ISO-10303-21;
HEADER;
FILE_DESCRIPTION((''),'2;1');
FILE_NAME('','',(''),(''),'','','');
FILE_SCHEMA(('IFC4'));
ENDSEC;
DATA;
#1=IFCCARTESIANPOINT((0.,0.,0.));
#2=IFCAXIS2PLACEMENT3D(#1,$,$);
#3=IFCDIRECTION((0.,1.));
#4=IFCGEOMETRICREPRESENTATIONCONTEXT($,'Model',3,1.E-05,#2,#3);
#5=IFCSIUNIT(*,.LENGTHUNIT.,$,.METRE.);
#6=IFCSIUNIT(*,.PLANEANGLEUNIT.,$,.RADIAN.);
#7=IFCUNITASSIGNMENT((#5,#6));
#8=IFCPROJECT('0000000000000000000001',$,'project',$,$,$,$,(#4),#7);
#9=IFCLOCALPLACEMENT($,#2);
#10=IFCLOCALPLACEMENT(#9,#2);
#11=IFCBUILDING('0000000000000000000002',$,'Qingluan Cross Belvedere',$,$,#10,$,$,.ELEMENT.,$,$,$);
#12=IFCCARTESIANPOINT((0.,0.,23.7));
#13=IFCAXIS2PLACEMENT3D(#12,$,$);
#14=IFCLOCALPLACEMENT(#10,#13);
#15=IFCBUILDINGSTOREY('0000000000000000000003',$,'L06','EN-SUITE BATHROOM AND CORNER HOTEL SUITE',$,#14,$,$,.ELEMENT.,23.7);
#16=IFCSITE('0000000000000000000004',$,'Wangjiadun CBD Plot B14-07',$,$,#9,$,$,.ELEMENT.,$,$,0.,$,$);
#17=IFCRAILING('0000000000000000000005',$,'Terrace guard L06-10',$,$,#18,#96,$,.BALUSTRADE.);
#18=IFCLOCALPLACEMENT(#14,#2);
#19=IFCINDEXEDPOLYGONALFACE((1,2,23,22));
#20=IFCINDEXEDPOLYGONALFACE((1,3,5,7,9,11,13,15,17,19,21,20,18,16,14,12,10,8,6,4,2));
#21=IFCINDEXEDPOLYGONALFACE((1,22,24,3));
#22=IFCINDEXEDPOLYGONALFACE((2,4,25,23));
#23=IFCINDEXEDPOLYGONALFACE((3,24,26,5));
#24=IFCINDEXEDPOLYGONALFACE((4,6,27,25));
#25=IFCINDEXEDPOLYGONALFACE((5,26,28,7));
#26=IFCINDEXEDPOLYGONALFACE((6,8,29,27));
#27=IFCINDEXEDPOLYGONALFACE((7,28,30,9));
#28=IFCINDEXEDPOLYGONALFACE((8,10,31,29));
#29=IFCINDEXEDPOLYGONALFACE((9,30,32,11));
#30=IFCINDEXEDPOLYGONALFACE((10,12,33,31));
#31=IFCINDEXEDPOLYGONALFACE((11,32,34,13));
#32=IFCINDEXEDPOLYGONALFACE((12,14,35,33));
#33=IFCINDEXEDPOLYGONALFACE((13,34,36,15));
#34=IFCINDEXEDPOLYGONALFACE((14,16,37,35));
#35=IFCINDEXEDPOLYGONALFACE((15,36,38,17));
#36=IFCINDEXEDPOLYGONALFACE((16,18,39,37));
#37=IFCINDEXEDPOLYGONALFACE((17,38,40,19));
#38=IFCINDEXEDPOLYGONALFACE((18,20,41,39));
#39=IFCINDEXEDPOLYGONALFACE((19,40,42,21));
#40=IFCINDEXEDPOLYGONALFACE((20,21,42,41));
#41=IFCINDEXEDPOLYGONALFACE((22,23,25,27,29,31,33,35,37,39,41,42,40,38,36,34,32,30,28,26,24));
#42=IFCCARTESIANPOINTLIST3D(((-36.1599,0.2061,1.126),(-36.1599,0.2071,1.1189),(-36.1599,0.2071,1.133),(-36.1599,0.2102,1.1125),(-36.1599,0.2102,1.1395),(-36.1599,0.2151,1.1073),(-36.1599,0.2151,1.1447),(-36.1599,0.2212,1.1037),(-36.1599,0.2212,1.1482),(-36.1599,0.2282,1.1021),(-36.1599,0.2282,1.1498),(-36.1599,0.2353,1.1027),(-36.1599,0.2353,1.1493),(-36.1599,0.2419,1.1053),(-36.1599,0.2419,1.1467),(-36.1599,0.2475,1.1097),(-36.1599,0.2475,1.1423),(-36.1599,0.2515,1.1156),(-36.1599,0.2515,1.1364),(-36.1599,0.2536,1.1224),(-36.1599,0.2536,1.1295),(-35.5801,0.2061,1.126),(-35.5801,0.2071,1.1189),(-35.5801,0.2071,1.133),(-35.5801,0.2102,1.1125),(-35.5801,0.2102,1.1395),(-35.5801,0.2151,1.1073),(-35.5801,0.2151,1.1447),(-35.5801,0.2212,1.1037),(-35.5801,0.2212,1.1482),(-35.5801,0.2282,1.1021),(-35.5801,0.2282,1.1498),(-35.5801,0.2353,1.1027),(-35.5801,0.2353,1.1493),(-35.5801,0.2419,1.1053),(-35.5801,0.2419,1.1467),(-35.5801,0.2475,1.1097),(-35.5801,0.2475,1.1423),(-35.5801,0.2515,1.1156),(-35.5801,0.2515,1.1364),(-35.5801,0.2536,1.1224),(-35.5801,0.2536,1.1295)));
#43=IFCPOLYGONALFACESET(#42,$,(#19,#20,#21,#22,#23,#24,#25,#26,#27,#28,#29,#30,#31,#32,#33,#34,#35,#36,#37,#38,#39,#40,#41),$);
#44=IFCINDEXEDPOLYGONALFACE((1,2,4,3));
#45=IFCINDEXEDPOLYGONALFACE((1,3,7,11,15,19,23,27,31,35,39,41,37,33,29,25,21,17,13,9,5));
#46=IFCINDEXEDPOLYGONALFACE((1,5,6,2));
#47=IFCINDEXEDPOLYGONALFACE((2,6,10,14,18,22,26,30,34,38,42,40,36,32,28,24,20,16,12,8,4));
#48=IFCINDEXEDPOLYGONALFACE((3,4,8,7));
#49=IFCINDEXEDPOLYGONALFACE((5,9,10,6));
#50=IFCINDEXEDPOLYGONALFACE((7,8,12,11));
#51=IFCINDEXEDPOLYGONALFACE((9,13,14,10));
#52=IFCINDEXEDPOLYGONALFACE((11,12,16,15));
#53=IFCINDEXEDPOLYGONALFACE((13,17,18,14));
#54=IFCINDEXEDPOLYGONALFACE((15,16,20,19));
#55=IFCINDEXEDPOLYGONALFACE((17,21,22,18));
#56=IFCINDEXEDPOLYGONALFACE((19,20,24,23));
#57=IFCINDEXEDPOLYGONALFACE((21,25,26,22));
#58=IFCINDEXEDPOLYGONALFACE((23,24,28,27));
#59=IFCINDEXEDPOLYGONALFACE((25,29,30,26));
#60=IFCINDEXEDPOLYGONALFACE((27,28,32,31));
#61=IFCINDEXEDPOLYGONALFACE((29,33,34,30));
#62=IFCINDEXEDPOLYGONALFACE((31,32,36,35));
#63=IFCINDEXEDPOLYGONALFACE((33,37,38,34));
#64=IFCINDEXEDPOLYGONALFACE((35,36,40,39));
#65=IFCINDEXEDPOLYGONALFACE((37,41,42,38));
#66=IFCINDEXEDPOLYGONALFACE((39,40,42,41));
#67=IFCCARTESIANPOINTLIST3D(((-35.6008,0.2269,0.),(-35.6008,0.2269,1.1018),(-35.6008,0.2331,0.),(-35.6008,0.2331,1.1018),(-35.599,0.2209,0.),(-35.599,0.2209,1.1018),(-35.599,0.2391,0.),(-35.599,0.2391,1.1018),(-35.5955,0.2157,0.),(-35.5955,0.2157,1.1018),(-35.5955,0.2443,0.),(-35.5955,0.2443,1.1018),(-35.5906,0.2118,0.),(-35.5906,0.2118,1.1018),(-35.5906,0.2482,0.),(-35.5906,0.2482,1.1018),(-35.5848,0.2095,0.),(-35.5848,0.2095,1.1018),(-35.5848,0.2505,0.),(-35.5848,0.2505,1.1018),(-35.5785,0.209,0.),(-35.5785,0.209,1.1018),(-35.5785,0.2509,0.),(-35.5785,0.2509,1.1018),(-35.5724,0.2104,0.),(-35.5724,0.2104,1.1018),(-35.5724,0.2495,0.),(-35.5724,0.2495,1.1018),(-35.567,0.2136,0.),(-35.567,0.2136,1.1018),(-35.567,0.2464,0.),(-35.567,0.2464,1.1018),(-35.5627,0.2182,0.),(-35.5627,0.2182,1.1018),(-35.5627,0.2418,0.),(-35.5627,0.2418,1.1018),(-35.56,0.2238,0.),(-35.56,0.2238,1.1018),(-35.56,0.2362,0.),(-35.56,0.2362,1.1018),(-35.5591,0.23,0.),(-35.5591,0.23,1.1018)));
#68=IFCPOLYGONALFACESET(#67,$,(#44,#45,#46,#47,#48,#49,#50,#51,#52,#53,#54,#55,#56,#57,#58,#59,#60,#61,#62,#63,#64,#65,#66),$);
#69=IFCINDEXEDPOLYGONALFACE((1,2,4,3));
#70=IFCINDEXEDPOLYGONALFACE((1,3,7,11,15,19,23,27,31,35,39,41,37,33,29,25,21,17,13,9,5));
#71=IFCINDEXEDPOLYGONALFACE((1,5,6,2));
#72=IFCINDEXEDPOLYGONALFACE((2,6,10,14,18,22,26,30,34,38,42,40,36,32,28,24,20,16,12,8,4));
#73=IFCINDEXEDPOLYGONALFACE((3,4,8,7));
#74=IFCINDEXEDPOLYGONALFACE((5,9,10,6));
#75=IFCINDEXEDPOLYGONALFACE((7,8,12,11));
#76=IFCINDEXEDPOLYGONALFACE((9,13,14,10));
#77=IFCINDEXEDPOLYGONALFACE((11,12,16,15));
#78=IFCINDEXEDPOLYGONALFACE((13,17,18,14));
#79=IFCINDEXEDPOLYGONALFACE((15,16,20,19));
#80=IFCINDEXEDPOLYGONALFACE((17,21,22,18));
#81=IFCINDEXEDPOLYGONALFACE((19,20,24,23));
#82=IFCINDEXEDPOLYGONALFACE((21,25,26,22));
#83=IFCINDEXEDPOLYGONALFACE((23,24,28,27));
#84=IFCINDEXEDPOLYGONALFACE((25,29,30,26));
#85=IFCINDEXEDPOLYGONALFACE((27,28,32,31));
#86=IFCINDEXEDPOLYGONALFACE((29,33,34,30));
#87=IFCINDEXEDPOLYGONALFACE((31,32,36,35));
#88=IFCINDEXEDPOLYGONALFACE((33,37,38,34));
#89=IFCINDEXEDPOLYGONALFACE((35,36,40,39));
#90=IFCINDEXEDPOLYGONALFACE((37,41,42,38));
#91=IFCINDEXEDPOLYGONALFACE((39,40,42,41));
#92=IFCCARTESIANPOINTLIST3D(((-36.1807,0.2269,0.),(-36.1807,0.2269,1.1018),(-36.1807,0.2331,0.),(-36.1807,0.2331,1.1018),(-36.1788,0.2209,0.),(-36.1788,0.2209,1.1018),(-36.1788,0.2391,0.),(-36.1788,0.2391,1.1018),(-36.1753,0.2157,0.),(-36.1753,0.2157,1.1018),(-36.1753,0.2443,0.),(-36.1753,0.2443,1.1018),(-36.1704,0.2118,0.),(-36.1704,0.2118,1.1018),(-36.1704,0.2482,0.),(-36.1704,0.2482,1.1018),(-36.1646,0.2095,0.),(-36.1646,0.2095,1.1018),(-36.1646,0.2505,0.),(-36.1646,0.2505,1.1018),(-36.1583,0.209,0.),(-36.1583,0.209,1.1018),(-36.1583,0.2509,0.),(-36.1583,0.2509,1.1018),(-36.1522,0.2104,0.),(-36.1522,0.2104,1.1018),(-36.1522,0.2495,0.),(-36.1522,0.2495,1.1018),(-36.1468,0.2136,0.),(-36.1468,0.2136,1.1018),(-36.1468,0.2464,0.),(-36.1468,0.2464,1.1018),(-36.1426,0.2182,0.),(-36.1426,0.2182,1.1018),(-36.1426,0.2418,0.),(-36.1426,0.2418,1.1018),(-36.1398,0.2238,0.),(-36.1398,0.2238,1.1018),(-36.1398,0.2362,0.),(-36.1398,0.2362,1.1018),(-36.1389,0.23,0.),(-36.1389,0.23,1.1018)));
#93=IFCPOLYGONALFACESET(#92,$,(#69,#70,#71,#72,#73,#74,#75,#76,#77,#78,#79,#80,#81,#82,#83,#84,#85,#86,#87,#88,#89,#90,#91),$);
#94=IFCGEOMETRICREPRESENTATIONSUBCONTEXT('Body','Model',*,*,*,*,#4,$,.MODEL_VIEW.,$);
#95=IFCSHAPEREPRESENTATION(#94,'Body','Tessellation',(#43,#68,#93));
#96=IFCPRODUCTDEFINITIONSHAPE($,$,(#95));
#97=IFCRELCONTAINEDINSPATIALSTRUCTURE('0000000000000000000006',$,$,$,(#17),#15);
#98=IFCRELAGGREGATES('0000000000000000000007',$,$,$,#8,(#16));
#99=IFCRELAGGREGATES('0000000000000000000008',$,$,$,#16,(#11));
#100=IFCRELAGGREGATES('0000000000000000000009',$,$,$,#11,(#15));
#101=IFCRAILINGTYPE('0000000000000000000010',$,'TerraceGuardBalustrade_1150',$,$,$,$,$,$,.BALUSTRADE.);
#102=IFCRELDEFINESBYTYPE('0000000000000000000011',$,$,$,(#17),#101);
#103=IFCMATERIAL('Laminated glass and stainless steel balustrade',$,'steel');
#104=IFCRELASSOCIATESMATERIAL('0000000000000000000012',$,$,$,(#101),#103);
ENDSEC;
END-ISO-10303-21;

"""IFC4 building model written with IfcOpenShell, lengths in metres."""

from ifc_helpers import new_model, si_unit, direction, frame, origin, origin_2d, place, context, subcontext, project, spatial, circle, extrude, material, type_object, element, save


model = new_model("IFC4")

# Units and contexts
model_context = context("Model", 3, precision=1e-05, world=origin(), true_north=direction((0.0, 1.0)))
body_context = subcontext(model_context, "Body", "Model", "MODEL_VIEW")
ifc_project = project(units=[si_unit("LENGTHUNIT", "METRE"), si_unit("PLANEANGLEUNIT", "RADIAN")], contexts=[model_context])

# Site, building, storey
site_placement = place(None, origin())
site = spatial("IfcSite", under=ifc_project, at=site_placement, Name="Wangjiadun CBD Plot B14-07", CompositionType="ELEMENT", RefElevation=0.0)
building_placement = place(site_placement, origin())
building = spatial("IfcBuilding", under=site, at=building_placement, Name="Qingluan Cross Belvedere", CompositionType="ELEMENT")
storey_placement = place(building_placement, frame((0.0, 0.0, 23.7)))
storey = spatial("IfcBuildingStorey", under=building, at=storey_placement, Name="L06", Description="EN-SUITE BATHROOM AND CORNER HOTEL SUITE", CompositionType="ELEMENT", Elevation=23.7)

# Railing
ifc_material_1 = material(Name="Laminated glass and stainless steel balustrade", Category="steel")
railing_type = type_object("IfcRailingType", Name="TerraceGuardBalustrade_1150", PredefinedType="BALUSTRADE", material=ifc_material_1)
railing_1_placement = place(storey_placement, frame((-35.5801, 0.23, 0.0)))
element("IfcRailing", 1, at=railing_1_placement, inside=storey, type_object=railing_type, Name="Terrace guard L06-10", PredefinedType="BALUSTRADE", context=body_context, shape_type="SweptSolid", body=[
    extrude(circle(Radius=0.0239, at=origin_2d()), frame((0.0, 0.0, 1.126), z_axis=(-1.0, 0.0, 0.0), x_axis=(0.0, -1.0, 0.0)), (0.0, 0.0, 1.0), 0.5798),
    extrude(circle(Radius=0.021, at=origin_2d()), origin(), (0.0, 0.0, 1.0), 1.1018),
    extrude(circle(Radius=0.021, at=origin_2d()), frame((-0.5798, 0.0, 0.0)), (0.0, 0.0, 1.0), 1.1018),
])

save(model, "model.ifc")
